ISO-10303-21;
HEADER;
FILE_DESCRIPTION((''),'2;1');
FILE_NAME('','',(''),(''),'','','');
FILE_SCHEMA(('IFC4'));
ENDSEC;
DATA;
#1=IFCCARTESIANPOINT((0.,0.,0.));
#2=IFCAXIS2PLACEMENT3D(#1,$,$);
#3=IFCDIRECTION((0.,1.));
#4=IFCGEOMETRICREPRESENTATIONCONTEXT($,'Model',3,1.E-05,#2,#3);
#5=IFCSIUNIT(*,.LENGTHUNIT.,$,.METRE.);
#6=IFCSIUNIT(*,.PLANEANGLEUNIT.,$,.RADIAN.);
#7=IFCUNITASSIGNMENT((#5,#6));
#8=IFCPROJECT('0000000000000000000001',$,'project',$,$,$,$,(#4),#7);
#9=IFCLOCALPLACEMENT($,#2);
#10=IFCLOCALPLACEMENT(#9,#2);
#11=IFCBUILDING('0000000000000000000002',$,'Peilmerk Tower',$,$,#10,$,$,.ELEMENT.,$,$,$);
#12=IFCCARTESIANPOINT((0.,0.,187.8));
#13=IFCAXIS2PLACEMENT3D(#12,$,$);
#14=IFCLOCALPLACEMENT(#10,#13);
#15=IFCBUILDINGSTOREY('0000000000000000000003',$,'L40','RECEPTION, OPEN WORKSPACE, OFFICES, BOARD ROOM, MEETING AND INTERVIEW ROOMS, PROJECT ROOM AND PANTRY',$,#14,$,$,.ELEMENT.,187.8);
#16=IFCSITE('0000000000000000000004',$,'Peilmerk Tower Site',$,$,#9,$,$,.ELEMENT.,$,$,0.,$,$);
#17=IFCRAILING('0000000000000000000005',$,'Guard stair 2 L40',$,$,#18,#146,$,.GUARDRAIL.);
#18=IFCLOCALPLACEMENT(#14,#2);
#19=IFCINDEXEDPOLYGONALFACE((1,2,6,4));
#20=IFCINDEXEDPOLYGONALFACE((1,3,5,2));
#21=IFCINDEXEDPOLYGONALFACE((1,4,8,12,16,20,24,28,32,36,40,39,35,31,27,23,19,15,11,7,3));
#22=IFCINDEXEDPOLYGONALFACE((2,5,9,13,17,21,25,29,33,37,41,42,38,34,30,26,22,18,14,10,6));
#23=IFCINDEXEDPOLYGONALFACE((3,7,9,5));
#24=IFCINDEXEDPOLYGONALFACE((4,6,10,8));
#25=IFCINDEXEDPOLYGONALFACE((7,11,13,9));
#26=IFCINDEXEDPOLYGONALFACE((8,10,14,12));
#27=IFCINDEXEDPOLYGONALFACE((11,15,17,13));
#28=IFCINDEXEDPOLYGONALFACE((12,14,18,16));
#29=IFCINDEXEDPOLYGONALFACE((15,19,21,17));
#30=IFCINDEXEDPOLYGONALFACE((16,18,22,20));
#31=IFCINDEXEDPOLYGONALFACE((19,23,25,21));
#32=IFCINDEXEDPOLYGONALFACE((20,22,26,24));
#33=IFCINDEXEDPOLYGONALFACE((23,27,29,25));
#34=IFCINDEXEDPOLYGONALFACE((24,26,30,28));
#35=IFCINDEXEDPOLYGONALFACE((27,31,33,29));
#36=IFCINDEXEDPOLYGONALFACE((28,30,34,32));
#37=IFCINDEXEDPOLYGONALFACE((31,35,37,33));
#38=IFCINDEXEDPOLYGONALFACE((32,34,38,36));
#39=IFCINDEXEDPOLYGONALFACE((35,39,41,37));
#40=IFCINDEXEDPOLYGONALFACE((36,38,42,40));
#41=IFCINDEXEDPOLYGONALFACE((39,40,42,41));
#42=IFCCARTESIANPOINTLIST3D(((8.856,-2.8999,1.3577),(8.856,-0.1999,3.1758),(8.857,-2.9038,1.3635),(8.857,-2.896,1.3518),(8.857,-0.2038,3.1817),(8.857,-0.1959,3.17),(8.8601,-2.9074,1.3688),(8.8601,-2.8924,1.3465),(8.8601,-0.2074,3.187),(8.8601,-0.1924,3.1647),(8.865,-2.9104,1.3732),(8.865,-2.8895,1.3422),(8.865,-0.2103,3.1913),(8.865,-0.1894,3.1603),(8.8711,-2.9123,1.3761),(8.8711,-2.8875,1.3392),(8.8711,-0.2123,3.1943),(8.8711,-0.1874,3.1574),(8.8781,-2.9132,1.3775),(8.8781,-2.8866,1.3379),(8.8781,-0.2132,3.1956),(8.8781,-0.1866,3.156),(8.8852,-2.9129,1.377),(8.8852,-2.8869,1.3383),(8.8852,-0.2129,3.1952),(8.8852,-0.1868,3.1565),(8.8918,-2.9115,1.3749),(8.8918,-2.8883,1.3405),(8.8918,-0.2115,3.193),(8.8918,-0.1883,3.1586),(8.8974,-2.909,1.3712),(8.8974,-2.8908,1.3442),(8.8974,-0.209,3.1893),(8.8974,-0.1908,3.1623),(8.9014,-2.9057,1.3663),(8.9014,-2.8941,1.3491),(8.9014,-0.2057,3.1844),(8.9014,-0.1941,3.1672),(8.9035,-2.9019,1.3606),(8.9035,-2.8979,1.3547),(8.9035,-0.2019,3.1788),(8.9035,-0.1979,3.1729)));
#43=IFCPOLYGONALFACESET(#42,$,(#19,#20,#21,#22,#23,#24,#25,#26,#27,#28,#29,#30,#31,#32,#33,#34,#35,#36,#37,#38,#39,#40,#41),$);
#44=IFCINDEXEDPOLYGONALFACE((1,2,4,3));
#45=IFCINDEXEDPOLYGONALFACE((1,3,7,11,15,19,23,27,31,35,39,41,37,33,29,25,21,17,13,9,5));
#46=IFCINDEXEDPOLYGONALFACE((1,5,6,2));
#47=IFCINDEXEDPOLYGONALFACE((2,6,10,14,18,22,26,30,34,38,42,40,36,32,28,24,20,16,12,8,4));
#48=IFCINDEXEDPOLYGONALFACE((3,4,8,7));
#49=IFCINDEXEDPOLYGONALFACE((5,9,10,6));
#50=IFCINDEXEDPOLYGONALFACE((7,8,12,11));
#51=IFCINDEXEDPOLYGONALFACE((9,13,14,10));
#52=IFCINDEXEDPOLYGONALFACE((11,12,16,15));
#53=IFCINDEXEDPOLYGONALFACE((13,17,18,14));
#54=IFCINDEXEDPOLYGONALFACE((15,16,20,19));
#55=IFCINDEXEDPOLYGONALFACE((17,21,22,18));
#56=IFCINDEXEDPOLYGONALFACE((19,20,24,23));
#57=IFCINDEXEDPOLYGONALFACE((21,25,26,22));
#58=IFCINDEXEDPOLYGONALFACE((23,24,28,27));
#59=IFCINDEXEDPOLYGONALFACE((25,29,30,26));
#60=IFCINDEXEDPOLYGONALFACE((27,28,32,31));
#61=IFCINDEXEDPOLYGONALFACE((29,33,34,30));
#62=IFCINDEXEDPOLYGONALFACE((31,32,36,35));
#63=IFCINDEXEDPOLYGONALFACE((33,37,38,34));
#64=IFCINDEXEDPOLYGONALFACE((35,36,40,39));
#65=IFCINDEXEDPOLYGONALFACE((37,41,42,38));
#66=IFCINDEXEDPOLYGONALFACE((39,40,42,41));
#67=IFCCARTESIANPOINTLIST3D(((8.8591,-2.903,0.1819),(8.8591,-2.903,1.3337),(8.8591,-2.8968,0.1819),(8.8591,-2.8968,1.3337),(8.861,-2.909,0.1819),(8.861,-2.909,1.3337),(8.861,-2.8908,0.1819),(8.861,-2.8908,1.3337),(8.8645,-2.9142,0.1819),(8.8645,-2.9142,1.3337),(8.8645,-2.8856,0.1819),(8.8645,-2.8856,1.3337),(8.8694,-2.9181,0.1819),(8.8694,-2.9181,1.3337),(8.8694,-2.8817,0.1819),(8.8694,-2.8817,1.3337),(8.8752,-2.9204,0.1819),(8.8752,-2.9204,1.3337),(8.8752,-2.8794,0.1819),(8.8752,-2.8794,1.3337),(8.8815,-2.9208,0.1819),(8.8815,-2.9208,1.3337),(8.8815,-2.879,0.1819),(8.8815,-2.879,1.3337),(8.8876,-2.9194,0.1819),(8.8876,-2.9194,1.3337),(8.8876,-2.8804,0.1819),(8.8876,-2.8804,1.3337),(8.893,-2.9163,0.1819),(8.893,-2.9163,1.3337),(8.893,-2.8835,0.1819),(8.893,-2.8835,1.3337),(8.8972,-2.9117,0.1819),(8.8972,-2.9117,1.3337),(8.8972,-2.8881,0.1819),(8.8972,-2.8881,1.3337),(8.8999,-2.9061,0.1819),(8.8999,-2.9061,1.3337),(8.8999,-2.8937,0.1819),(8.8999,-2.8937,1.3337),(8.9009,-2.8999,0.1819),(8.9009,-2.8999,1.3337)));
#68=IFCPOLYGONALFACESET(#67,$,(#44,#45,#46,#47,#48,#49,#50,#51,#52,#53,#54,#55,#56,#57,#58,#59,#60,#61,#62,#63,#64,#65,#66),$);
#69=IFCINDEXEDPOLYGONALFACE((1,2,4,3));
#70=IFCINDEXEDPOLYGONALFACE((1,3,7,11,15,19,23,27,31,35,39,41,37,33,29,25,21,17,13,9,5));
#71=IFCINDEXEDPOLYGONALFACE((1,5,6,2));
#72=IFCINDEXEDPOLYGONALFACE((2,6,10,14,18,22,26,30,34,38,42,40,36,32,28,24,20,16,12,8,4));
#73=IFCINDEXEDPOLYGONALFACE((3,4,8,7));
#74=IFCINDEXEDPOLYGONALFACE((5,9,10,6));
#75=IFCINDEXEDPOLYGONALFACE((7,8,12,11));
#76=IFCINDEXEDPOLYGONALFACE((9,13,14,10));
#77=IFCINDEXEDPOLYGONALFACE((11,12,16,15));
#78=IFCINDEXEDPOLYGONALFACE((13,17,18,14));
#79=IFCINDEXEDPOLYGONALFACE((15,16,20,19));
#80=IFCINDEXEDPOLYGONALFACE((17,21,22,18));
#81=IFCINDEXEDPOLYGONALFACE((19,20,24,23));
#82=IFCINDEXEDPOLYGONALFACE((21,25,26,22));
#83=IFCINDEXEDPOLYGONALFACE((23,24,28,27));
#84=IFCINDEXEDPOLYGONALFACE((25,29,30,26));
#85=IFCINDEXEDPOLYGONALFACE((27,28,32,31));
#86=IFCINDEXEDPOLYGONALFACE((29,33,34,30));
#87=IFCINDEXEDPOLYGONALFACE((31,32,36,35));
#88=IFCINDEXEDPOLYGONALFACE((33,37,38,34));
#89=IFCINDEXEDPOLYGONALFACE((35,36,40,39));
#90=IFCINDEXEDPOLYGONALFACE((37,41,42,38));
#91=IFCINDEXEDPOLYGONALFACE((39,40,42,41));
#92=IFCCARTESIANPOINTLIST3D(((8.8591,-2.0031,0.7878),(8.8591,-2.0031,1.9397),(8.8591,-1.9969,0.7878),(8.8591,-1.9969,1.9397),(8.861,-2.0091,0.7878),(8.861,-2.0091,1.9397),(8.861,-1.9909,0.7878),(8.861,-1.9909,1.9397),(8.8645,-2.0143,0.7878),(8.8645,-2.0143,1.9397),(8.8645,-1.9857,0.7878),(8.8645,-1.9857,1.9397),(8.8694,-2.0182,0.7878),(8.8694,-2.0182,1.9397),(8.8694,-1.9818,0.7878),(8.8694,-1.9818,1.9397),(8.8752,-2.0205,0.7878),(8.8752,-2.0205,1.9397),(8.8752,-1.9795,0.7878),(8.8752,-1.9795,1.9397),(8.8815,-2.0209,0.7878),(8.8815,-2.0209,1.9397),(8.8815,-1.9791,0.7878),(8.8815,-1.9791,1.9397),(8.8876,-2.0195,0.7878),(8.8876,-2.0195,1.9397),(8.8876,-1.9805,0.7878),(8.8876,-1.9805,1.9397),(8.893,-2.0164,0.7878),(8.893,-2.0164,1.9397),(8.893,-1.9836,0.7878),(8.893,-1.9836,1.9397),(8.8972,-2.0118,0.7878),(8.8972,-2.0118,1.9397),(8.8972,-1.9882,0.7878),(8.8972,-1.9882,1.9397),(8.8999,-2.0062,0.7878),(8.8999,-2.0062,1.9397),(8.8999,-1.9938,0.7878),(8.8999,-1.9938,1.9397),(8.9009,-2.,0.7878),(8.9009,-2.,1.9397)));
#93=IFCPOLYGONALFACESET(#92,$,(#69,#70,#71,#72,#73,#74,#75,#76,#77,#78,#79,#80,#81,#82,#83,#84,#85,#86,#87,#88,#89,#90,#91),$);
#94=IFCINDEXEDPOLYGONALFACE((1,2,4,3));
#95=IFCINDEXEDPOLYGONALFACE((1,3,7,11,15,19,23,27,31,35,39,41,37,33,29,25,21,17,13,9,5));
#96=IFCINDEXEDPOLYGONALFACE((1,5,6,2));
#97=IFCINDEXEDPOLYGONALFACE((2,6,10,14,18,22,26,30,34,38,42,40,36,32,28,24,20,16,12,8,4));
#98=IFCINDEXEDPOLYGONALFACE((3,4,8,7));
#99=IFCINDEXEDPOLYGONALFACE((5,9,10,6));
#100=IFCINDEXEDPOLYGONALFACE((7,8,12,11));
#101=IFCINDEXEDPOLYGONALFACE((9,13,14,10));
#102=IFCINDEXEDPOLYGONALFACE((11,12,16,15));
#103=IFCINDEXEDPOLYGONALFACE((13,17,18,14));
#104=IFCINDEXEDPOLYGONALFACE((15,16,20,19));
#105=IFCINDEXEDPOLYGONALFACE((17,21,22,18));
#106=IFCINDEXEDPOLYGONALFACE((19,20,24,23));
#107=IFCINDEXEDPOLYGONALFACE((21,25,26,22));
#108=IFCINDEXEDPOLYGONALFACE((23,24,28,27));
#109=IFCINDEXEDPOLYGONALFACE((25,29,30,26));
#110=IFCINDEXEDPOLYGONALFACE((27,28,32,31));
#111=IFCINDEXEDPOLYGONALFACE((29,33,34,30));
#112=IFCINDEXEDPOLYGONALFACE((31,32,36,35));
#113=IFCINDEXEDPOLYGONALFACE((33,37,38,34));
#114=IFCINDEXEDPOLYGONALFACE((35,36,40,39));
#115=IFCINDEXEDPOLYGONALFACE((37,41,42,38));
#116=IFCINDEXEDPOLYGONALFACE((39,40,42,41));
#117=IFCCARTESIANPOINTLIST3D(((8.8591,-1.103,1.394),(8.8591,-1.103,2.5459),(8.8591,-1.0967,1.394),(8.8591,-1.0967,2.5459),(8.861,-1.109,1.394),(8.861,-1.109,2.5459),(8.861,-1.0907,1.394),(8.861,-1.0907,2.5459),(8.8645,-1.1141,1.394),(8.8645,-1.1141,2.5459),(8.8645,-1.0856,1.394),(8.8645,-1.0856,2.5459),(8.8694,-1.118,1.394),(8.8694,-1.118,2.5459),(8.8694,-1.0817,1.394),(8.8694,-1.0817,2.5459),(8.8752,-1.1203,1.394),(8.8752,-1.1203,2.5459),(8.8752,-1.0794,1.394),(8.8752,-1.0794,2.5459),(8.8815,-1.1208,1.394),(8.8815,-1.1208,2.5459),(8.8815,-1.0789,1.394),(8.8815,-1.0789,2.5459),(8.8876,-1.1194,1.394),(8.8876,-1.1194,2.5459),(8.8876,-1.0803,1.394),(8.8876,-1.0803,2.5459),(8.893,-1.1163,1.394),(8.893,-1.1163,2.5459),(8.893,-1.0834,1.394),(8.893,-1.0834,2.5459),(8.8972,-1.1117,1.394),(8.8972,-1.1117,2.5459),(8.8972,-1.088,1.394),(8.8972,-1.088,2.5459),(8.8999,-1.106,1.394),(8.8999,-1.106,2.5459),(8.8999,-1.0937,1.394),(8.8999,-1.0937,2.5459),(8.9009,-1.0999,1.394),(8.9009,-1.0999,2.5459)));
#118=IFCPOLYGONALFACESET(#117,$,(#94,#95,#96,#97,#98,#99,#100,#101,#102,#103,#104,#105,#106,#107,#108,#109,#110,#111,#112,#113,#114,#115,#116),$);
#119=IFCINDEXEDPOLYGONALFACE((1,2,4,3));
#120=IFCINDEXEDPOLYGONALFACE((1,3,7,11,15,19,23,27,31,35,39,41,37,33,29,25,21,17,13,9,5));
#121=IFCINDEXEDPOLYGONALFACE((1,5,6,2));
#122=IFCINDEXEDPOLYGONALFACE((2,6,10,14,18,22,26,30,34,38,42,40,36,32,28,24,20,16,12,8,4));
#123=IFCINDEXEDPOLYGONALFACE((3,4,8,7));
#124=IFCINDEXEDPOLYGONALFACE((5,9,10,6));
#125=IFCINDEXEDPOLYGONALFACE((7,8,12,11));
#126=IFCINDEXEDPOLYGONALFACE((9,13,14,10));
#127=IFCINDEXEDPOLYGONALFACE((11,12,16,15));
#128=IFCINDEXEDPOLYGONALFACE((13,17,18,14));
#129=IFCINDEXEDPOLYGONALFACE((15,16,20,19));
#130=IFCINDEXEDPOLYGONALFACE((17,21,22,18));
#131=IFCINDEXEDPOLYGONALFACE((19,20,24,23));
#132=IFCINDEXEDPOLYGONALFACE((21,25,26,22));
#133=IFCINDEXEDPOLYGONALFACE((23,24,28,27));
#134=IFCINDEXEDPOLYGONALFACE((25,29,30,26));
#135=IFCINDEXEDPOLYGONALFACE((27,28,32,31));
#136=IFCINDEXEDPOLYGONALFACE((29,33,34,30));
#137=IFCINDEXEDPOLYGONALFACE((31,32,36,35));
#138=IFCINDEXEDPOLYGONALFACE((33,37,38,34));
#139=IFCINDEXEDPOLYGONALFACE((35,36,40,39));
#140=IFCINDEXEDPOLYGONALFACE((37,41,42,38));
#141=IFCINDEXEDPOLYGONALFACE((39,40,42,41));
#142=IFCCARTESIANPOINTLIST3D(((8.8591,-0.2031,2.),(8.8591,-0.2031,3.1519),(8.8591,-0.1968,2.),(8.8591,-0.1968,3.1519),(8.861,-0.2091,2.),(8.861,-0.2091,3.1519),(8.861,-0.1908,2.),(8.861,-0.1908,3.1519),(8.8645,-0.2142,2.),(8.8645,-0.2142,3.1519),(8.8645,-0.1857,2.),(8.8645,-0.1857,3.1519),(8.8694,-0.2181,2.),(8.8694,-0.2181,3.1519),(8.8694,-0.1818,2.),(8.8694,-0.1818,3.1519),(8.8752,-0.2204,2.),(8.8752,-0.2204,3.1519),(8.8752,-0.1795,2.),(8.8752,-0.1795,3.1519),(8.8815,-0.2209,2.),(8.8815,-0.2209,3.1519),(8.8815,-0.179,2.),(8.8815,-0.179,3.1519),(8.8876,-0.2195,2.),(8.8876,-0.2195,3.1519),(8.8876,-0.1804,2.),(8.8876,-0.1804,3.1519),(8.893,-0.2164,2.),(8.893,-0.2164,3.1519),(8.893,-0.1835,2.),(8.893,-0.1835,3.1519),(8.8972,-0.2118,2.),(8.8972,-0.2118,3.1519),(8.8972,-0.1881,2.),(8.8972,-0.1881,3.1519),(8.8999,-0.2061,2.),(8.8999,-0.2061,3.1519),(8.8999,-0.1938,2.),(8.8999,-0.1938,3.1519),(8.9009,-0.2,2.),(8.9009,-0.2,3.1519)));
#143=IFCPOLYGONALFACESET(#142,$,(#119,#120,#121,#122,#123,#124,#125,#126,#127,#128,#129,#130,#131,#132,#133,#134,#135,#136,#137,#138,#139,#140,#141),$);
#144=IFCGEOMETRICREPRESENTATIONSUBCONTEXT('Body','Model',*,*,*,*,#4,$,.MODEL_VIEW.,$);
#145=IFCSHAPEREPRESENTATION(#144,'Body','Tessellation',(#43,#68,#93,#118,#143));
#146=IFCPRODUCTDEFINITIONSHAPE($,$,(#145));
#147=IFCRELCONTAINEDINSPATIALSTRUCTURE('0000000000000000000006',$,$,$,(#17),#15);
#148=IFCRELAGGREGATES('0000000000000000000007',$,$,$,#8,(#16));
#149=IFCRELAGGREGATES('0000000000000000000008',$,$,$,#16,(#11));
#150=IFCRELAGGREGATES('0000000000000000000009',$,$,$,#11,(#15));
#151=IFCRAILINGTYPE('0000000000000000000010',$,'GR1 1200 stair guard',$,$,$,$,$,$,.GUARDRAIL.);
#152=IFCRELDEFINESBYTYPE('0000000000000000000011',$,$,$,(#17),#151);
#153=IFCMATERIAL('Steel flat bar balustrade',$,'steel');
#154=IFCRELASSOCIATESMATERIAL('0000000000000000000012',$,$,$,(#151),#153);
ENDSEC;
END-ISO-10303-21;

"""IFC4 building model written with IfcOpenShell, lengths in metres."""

from ifc_helpers import new_model, si_unit, direction, frame, origin, origin_2d, place, context, subcontext, project, spatial, circle, extrude, material, type_object, element, save


model = new_model("IFC4")

# Units and contexts
model_context = context("Model", 3, precision=1e-05, world=origin(), true_north=direction((0.0, 1.0)))
body_context = subcontext(model_context, "Body", "Model", "MODEL_VIEW")
ifc_project = project(units=[si_unit("LENGTHUNIT", "METRE"), si_unit("PLANEANGLEUNIT", "RADIAN")], contexts=[model_context])

# Site, building, storey
site_placement = place(None, origin())
site = spatial("IfcSite", under=ifc_project, at=site_placement, Name="Peilmerk Tower Site", CompositionType="ELEMENT", RefElevation=0.0)
building_placement = place(site_placement, origin())
building = spatial("IfcBuilding", under=site, at=building_placement, Name="Peilmerk Tower", CompositionType="ELEMENT")
storey_placement = place(building_placement, frame((0.0, 0.0, 187.8)))
storey = spatial("IfcBuildingStorey", under=building, at=storey_placement, Name="L40", Description="RECEPTION, OPEN WORKSPACE, OFFICES, BOARD ROOM, MEETING AND INTERVIEW ROOMS, PROJECT ROOM AND PANTRY", CompositionType="ELEMENT", Elevation=187.8)

# Railing
ifc_material_1 = material(Name="Steel flat bar balustrade", Category="steel")
railing_type_1 = type_object("IfcRailingType", Name="GR1 1200 stair guard", PredefinedType="GUARDRAIL", material=ifc_material_1)
railing_1_placement = place(storey_placement, frame((8.8799, -2.8999, 0.1819)))
element("IfcRailing", 1, at=railing_1_placement, inside=storey, type_object=railing_type_1, Name="Guard stair 2 L40", PredefinedType="GUARDRAIL", context=body_context, shape_type="SweptSolid", body=[
    extrude(circle(Radius=0.0239, at=origin_2d()), frame((0.0, 0.0, 1.1758), z_axis=(0.0, 0.829468, 0.558554), x_axis=(-1.0, 0.0, 0.0)), (0.0, 0.0, 1.0), 3.2551),
    extrude(circle(Radius=0.021, at=origin_2d()), origin(), (0.0, 0.0, 1.0), 1.1519),
    extrude(circle(Radius=0.021, at=origin_2d()), frame((0.0, 0.8999, 0.606)), (0.0, 0.0, 1.0), 1.1519),
    extrude(circle(Radius=0.021, at=origin_2d()), frame((0.0, 1.8, 1.2122)), (0.0, 0.0, 1.0), 1.1519),
    extrude(circle(Radius=0.021, at=origin_2d()), frame((0.0, 2.7, 1.8181)), (0.0, 0.0, 1.0), 1.1519),
])

save(model, "model.ifc")
